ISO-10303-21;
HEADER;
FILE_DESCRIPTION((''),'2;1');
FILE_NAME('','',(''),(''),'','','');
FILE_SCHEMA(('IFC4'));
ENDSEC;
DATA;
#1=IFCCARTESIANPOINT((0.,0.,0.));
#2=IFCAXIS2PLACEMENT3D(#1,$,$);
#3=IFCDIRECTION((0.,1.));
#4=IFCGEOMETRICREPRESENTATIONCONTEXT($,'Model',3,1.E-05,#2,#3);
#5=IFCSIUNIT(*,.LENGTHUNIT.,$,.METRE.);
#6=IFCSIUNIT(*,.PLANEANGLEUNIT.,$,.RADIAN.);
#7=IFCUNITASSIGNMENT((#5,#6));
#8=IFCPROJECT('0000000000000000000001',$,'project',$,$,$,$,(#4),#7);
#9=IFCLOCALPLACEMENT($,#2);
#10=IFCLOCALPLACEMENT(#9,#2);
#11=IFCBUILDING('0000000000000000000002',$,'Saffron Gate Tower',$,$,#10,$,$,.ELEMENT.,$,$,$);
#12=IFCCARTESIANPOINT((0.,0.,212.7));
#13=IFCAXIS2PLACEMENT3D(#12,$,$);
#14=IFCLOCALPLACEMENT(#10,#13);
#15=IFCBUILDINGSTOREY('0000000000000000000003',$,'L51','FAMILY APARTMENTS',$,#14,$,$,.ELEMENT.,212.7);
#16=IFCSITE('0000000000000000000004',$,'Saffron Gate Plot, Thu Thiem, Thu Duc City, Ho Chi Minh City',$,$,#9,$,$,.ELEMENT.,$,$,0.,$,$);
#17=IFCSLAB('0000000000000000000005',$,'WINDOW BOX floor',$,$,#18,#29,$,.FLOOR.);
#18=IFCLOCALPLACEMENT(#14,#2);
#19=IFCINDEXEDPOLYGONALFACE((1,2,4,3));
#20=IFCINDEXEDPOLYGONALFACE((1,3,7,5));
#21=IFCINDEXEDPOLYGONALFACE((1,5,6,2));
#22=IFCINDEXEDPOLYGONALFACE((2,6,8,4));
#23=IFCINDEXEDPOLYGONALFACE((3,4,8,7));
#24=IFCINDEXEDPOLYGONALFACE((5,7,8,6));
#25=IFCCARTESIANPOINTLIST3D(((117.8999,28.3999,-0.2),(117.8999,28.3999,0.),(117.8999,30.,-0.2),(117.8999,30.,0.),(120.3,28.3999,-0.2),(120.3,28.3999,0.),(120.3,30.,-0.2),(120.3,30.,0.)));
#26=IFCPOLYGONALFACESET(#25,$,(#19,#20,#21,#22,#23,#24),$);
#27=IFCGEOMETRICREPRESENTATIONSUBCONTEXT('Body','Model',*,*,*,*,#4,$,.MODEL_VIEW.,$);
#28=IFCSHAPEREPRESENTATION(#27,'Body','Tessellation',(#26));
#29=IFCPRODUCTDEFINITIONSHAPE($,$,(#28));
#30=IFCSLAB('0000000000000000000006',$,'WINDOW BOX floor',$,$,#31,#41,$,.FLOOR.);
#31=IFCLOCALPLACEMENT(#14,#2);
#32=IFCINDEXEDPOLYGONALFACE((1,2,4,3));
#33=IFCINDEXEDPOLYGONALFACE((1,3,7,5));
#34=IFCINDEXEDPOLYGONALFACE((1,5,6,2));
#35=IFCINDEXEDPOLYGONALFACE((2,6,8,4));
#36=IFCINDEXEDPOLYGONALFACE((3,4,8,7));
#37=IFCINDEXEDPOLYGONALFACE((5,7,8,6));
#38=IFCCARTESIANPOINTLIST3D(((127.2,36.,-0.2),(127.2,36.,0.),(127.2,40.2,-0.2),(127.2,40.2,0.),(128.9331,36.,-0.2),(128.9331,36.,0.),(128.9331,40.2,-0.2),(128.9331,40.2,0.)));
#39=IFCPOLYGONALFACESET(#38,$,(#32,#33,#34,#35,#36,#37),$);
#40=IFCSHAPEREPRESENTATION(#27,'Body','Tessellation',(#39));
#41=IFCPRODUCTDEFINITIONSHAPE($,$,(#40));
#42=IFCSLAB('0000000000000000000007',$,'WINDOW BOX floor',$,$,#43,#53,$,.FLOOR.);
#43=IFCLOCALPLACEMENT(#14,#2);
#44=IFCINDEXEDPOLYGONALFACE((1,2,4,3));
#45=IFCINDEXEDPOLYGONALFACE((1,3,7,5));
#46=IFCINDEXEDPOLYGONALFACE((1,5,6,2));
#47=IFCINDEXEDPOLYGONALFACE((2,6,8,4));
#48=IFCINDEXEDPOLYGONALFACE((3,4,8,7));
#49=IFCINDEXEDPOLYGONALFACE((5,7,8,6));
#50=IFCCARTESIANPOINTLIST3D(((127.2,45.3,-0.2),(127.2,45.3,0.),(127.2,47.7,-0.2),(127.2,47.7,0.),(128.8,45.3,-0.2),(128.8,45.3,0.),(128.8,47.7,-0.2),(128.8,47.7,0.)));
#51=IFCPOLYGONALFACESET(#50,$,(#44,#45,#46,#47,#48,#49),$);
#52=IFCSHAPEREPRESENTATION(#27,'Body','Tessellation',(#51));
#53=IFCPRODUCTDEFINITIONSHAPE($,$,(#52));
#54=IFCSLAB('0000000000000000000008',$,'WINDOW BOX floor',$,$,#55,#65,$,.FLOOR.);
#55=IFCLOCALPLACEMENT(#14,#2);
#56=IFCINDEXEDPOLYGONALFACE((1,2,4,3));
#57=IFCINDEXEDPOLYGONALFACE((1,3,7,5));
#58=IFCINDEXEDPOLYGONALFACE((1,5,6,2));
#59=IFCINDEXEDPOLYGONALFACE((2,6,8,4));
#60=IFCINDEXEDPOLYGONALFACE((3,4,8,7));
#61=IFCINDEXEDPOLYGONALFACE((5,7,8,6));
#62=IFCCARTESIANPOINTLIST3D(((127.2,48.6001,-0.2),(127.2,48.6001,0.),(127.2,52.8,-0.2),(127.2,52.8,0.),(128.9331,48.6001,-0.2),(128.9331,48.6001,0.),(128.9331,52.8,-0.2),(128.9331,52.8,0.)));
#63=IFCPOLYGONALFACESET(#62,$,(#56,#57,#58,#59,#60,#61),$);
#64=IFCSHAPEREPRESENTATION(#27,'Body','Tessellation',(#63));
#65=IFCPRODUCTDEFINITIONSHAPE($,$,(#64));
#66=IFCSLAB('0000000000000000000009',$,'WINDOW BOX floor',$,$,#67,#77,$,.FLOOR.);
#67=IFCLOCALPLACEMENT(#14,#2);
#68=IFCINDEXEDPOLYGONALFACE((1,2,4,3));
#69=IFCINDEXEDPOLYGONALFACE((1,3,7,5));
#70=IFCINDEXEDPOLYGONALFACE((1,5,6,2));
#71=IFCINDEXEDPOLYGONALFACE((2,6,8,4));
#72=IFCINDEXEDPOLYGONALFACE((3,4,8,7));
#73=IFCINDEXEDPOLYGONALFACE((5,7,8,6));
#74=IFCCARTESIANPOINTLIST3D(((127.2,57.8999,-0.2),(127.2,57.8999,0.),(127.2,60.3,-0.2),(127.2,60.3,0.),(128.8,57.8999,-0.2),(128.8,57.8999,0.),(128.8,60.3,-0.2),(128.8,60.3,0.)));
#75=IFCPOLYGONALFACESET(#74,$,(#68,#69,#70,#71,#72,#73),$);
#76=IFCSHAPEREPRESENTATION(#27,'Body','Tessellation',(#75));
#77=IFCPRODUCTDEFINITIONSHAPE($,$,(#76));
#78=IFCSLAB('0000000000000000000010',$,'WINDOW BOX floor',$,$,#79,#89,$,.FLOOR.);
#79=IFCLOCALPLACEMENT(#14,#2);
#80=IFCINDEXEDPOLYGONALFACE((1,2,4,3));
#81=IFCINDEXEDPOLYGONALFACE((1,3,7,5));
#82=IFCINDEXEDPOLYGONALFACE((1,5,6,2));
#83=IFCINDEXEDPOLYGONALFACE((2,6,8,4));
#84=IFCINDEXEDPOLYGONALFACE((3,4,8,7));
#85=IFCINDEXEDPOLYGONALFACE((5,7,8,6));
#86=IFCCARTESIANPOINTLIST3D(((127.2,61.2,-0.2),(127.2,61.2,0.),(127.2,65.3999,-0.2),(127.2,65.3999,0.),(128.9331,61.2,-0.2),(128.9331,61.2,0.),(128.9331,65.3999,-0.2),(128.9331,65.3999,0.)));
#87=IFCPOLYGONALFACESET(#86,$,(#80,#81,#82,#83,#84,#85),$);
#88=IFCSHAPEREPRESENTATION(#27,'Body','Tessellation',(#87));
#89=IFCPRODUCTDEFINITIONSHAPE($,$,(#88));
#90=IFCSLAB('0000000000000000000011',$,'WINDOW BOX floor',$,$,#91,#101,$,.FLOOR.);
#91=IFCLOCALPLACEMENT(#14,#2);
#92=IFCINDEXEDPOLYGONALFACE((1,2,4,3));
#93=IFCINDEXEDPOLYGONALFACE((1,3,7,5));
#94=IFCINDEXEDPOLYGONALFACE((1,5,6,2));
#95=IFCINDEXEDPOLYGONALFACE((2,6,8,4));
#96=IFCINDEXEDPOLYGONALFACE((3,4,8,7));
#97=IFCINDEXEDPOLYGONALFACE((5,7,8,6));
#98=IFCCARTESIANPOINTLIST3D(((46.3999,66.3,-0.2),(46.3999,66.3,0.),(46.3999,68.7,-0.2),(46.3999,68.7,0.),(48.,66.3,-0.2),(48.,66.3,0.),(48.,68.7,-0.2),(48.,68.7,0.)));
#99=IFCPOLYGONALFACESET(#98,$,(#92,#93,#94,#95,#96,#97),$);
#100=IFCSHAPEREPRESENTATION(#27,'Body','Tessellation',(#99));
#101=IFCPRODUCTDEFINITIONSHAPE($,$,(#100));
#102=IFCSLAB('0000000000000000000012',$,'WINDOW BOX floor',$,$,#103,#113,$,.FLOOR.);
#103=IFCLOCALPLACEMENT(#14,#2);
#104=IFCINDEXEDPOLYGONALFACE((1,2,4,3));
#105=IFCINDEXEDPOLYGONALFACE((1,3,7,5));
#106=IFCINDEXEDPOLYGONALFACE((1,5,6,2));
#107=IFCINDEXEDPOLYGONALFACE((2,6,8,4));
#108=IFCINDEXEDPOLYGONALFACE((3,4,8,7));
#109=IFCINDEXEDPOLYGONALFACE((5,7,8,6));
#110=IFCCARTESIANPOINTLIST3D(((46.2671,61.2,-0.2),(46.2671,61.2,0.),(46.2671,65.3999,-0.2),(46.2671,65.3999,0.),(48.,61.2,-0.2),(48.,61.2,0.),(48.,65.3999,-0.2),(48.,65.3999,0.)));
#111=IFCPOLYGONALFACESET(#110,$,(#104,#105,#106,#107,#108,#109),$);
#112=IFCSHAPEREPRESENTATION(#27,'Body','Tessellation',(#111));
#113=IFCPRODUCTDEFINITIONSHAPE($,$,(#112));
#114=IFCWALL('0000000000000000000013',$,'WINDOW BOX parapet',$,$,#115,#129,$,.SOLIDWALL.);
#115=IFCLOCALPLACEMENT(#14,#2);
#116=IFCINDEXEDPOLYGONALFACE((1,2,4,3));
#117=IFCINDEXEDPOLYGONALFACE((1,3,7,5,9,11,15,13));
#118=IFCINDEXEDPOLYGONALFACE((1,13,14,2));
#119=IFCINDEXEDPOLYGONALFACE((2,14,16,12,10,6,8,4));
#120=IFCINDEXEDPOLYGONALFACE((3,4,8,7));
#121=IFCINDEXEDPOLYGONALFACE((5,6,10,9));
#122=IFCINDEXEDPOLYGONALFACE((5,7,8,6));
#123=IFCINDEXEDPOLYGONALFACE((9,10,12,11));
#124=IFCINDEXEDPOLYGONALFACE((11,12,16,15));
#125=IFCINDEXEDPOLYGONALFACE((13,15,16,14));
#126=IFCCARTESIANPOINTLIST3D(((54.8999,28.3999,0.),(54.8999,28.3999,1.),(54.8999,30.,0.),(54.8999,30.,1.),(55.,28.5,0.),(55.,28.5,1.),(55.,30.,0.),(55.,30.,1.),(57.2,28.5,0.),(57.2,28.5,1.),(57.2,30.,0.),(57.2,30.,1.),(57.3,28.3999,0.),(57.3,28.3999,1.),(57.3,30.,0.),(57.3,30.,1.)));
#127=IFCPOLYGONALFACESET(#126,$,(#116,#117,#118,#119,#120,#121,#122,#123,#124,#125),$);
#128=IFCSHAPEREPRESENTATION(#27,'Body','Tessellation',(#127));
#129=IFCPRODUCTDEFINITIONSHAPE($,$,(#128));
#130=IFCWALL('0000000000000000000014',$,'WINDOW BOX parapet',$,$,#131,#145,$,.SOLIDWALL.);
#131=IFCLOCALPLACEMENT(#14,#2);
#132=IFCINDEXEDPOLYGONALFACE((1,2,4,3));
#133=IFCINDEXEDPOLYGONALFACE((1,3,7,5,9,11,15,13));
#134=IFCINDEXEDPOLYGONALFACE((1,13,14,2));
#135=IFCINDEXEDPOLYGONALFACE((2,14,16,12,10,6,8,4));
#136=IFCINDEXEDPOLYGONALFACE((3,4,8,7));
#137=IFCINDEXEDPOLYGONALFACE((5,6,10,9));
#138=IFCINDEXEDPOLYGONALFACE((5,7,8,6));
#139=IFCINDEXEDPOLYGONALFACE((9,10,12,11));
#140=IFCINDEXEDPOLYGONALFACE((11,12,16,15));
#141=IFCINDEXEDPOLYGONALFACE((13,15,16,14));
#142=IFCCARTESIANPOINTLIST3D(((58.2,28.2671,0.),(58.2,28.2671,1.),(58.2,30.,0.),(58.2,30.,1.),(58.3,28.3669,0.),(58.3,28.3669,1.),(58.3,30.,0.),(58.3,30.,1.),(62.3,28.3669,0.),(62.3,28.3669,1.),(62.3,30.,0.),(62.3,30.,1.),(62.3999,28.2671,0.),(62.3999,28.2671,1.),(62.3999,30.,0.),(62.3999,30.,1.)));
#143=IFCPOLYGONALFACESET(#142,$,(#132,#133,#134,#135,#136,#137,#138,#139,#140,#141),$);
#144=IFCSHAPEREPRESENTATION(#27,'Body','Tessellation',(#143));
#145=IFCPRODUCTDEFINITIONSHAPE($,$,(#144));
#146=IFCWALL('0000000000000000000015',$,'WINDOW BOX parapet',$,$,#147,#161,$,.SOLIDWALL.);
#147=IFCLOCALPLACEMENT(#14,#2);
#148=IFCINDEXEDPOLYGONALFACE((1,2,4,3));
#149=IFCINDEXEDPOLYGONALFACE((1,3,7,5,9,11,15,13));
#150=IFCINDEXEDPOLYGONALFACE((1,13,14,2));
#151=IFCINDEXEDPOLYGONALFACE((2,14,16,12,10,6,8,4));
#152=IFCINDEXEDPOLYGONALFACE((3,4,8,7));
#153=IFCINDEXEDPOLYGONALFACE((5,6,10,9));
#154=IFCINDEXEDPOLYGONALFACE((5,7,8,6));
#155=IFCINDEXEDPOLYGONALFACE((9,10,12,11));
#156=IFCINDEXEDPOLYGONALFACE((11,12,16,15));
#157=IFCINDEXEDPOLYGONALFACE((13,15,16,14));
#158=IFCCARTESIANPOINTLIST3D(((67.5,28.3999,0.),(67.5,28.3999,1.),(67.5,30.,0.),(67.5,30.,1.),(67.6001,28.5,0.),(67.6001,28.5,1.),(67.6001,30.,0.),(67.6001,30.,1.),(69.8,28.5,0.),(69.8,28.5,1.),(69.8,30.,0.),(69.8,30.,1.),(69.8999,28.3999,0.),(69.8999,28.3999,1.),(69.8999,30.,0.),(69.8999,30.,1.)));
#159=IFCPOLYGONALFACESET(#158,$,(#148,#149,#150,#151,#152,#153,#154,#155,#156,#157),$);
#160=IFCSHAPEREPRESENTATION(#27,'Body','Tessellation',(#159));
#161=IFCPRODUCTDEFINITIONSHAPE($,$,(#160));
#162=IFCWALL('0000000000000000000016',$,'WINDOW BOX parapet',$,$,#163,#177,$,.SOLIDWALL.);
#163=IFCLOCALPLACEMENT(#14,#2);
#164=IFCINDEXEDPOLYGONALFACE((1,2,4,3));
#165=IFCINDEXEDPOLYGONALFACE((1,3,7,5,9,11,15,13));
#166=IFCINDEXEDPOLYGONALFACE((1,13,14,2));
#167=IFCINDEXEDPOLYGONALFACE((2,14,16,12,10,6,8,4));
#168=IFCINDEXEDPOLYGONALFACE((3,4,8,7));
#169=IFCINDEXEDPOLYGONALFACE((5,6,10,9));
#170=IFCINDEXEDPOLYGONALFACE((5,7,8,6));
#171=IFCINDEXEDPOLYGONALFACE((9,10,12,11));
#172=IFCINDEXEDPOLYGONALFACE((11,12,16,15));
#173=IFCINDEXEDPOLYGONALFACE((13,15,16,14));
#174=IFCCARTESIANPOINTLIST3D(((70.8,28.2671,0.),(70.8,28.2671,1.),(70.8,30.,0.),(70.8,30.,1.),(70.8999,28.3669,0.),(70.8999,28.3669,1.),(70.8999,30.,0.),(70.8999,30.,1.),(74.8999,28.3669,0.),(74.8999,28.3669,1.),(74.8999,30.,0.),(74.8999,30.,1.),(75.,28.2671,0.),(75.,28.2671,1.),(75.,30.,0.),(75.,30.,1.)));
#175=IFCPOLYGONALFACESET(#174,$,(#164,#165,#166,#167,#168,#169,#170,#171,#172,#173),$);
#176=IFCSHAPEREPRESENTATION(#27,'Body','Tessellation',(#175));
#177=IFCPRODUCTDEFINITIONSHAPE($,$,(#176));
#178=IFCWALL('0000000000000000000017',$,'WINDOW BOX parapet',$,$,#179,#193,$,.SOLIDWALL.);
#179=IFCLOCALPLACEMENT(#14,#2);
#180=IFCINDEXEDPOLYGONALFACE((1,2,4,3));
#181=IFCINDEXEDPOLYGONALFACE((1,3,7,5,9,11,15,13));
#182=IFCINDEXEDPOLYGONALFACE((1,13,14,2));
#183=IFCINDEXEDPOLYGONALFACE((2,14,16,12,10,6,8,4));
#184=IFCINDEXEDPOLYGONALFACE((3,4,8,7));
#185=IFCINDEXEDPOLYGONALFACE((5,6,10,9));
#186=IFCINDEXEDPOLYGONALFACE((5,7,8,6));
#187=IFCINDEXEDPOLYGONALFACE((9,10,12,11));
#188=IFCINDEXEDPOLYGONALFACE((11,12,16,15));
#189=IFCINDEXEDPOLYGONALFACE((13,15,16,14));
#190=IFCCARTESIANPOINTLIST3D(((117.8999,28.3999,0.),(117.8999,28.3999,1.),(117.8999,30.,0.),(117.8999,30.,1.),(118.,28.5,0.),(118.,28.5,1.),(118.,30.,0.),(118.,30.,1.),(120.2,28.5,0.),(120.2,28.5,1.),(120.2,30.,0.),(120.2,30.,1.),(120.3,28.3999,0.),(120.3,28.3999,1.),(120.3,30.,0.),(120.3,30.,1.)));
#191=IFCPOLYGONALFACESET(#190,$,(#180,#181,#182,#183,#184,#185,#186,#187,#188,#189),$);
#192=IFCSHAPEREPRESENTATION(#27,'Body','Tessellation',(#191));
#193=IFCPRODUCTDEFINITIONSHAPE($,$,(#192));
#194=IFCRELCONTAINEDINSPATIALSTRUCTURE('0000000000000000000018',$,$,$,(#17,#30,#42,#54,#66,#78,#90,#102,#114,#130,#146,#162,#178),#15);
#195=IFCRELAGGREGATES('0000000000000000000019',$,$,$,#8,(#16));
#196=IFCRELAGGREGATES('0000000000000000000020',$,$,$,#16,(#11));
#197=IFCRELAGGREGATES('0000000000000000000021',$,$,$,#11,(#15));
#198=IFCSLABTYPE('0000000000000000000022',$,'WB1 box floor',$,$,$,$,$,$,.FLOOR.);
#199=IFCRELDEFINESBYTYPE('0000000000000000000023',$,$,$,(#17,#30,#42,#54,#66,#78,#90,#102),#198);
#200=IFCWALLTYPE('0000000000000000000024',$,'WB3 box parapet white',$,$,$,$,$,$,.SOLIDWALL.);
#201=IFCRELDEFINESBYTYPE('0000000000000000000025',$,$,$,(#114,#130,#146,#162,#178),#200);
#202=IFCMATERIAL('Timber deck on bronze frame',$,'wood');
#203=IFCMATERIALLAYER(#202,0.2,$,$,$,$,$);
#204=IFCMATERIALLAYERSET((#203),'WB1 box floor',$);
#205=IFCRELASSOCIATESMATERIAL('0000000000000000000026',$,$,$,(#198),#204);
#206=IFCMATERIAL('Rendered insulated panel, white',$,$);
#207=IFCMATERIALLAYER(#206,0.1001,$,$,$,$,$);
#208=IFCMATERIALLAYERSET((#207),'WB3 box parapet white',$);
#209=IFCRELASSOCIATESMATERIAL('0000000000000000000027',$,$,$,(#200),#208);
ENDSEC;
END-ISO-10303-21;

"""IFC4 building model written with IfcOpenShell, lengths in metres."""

from ifc_helpers import new_model, si_unit, direction, frame, origin, place, context, subcontext, project, spatial, polyline, outline, extrude, material, layer, layer_set, type_object, element, save


model = new_model("IFC4")

# Units and contexts
model_context = context("Model", 3, precision=1e-05, world=origin(), true_north=direction((0.0, 1.0)))
body_context = subcontext(model_context, "Body", "Model", "MODEL_VIEW")
ifc_project = project(units=[si_unit("LENGTHUNIT", "METRE"), si_unit("PLANEANGLEUNIT", "RADIAN")], contexts=[model_context])

# Site, building, storey
site_placement = place(None, origin())
site = spatial("IfcSite", under=ifc_project, at=site_placement, Name="Saffron Gate Plot, Thu Thiem, Thu Duc City, Ho Chi Minh City", CompositionType="ELEMENT", RefElevation=0.0)
building_placement = place(site_placement, origin())
building = spatial("IfcBuilding", under=site, at=building_placement, Name="Saffron Gate Tower", CompositionType="ELEMENT")
storey_placement = place(building_placement, frame((0.0, 0.0, 212.7)))
storey = spatial("IfcBuildingStorey", under=building, at=storey_placement, Name="L51", Description="FAMILY APARTMENTS", CompositionType="ELEMENT", Elevation=212.7)

# Slabs
ifc_material_1 = material(Name="Timber deck on bronze frame", Category="wood")
ifc_layer_1 = layer(ifc_material_1, 0.2)
ifc_layer_set_1 = layer_set([ifc_layer_1], Name="WB1 box floor")
slab_type_1 = type_object("IfcSlabType", Name="WB1 box floor", PredefinedType="FLOOR", material=ifc_layer_set_1)
slab_1_placement = place(storey_placement, frame((0.0, 0.0, -0.2)))
element("IfcSlab", 1, at=slab_1_placement, inside=storey, type_object=slab_type_1, Name="WINDOW BOX floor", PredefinedType="FLOOR", context=body_context, shape_type="SweptSolid", body=[
    extrude(outline(polyline([(117.8999, 30.0), (120.3, 30.0), (120.3, 28.3999), (117.8999, 28.3999), (117.8999, 30.0)])), origin(), (0.0, 0.0, 1.0), 0.2),
])
slab_2_placement = place(storey_placement, frame((0.0, 0.0, -0.2)))
element("IfcSlab", 2, at=slab_2_placement, inside=storey, type_object=slab_type_1, Name="WINDOW BOX floor", PredefinedType="FLOOR", context=body_context, shape_type="SweptSolid", body=[
    extrude(outline(polyline([(127.2, 36.0), (127.2, 40.2), (128.9331, 40.2), (128.9331, 36.0), (127.2, 36.0)])), origin(), (0.0, 0.0, 1.0), 0.2),
])
slab_3_placement = place(storey_placement, frame((0.0, 0.0, -0.2)))
element("IfcSlab", 3, at=slab_3_placement, inside=storey, type_object=slab_type_1, Name="WINDOW BOX floor", PredefinedType="FLOOR", context=body_context, shape_type="SweptSolid", body=[
    extrude(outline(polyline([(127.2, 45.3), (127.2, 47.7), (128.8, 47.7), (128.8, 45.3), (127.2, 45.3)])), origin(), (0.0, 0.0, 1.0), 0.2),
])
slab_4_placement = place(storey_placement, frame((0.0, 0.0, -0.2)))
element("IfcSlab", 4, at=slab_4_placement, inside=storey, type_object=slab_type_1, Name="WINDOW BOX floor", PredefinedType="FLOOR", context=body_context, shape_type="SweptSolid", body=[
    extrude(outline(polyline([(127.2, 48.6001), (127.2, 52.8), (128.9331, 52.8), (128.9331, 48.6001), (127.2, 48.6001)])), origin(), (0.0, 0.0, 1.0), 0.2),
])
slab_5_placement = place(storey_placement, frame((0.0, 0.0, -0.2)))
element("IfcSlab", 5, at=slab_5_placement, inside=storey, type_object=slab_type_1, Name="WINDOW BOX floor", PredefinedType="FLOOR", context=body_context, shape_type="SweptSolid", body=[
    extrude(outline(polyline([(127.2, 57.8999), (127.2, 60.3), (128.8, 60.3), (128.8, 57.8999), (127.2, 57.8999)])), origin(), (0.0, 0.0, 1.0), 0.2),
])
slab_6_placement = place(storey_placement, frame((0.0, 0.0, -0.2)))
element("IfcSlab", 6, at=slab_6_placement, inside=storey, type_object=slab_type_1, Name="WINDOW BOX floor", PredefinedType="FLOOR", context=body_context, shape_type="SweptSolid", body=[
    extrude(outline(polyline([(127.2, 61.2), (127.2, 65.3999), (128.9331, 65.3999), (128.9331, 61.2), (127.2, 61.2)])), origin(), (0.0, 0.0, 1.0), 0.2),
])
slab_7_placement = place(storey_placement, frame((0.0, 0.0, -0.2)))
element("IfcSlab", 7, at=slab_7_placement, inside=storey, type_object=slab_type_1, Name="WINDOW BOX floor", PredefinedType="FLOOR", context=body_context, shape_type="SweptSolid", body=[
    extrude(outline(polyline([(48.0, 68.7), (48.0, 66.3), (46.3999, 66.3), (46.3999, 68.7), (48.0, 68.7)])), origin(), (0.0, 0.0, 1.0), 0.2),
])
slab_8_placement = place(storey_placement, frame((0.0, 0.0, -0.2)))
element("IfcSlab", 8, at=slab_8_placement, inside=storey, type_object=slab_type_1, Name="WINDOW BOX floor", PredefinedType="FLOOR", context=body_context, shape_type="SweptSolid", body=[
    extrude(outline(polyline([(48.0, 65.3999), (48.0, 61.2), (46.2671, 61.2), (46.2671, 65.3999), (48.0, 65.3999)])), origin(), (0.0, 0.0, 1.0), 0.2),
])

# Walls
ifc_material_2 = material(Name="Rendered insulated panel, white")
ifc_layer_2 = layer(ifc_material_2, 0.1001)
ifc_layer_set_2 = layer_set([ifc_layer_2], Name="WB3 box parapet white")
wall_type = type_object("IfcWallType", Name="WB3 box parapet white", PredefinedType="SOLIDWALL", material=ifc_layer_set_2)
wall_1_placement = place(storey_placement, origin())
element("IfcWall", 9, at=wall_1_placement, inside=storey, type_object=wall_type, Name="WINDOW BOX parapet", PredefinedType="SOLIDWALL", context=body_context, shape_type="SweptSolid", body=[
    extrude(outline(polyline([(54.8999, 30.0), (55.0, 30.0), (55.0, 28.5), (57.2, 28.5), (57.2, 30.0), (57.3, 30.0), (57.3, 28.3999), (54.8999, 28.3999), (54.8999, 30.0)])), origin(), (0.0, 0.0, 1.0), 1.0),
])
wall_2_placement = place(storey_placement, origin())
element("IfcWall", 10, at=wall_2_placement, inside=storey, type_object=wall_type, Name="WINDOW BOX parapet", PredefinedType="SOLIDWALL", context=body_context, shape_type="SweptSolid", body=[
    extrude(outline(polyline([(58.2, 30.0), (58.3, 30.0), (58.3, 28.3669), (62.3, 28.3669), (62.3, 30.0), (62.3999, 30.0), (62.3999, 28.2671), (58.2, 28.2671), (58.2, 30.0)])), origin(), (0.0, 0.0, 1.0), 1.0),
])
wall_3_placement = place(storey_placement, origin())
element("IfcWall", 11, at=wall_3_placement, inside=storey, type_object=wall_type, Name="WINDOW BOX parapet", PredefinedType="SOLIDWALL", context=body_context, shape_type="SweptSolid", body=[
    extrude(outline(polyline([(67.5, 30.0), (67.6001, 30.0), (67.6001, 28.5), (69.8, 28.5), (69.8, 30.0), (69.8999, 30.0), (69.8999, 28.3999), (67.5, 28.3999), (67.5, 30.0)])), origin(), (0.0, 0.0, 1.0), 1.0),
])
wall_4_placement = place(storey_placement, origin())
element("IfcWall", 12, at=wall_4_placement, inside=storey, type_object=wall_type, Name="WINDOW BOX parapet", PredefinedType="SOLIDWALL", context=body_context, shape_type="SweptSolid", body=[
    extrude(outline(polyline([(70.8, 30.0), (70.8999, 30.0), (70.8999, 28.3669), (74.8999, 28.3669), (74.8999, 30.0), (75.0, 30.0), (75.0, 28.2671), (70.8, 28.2671), (70.8, 30.0)])), origin(), (0.0, 0.0, 1.0), 1.0),
])
wall_5_placement = place(storey_placement, origin())
element("IfcWall", 13, at=wall_5_placement, inside=storey, type_object=wall_type, Name="WINDOW BOX parapet", PredefinedType="SOLIDWALL", context=body_context, shape_type="SweptSolid", body=[
    extrude(outline(polyline([(117.8999, 30.0), (118.0, 30.0), (118.0, 28.5), (120.2, 28.5), (120.2, 30.0), (120.3, 30.0), (120.3, 28.3999), (117.8999, 28.3999), (117.8999, 30.0)])), origin(), (0.0, 0.0, 1.0), 1.0),
])

save(model, "model.ifc")
